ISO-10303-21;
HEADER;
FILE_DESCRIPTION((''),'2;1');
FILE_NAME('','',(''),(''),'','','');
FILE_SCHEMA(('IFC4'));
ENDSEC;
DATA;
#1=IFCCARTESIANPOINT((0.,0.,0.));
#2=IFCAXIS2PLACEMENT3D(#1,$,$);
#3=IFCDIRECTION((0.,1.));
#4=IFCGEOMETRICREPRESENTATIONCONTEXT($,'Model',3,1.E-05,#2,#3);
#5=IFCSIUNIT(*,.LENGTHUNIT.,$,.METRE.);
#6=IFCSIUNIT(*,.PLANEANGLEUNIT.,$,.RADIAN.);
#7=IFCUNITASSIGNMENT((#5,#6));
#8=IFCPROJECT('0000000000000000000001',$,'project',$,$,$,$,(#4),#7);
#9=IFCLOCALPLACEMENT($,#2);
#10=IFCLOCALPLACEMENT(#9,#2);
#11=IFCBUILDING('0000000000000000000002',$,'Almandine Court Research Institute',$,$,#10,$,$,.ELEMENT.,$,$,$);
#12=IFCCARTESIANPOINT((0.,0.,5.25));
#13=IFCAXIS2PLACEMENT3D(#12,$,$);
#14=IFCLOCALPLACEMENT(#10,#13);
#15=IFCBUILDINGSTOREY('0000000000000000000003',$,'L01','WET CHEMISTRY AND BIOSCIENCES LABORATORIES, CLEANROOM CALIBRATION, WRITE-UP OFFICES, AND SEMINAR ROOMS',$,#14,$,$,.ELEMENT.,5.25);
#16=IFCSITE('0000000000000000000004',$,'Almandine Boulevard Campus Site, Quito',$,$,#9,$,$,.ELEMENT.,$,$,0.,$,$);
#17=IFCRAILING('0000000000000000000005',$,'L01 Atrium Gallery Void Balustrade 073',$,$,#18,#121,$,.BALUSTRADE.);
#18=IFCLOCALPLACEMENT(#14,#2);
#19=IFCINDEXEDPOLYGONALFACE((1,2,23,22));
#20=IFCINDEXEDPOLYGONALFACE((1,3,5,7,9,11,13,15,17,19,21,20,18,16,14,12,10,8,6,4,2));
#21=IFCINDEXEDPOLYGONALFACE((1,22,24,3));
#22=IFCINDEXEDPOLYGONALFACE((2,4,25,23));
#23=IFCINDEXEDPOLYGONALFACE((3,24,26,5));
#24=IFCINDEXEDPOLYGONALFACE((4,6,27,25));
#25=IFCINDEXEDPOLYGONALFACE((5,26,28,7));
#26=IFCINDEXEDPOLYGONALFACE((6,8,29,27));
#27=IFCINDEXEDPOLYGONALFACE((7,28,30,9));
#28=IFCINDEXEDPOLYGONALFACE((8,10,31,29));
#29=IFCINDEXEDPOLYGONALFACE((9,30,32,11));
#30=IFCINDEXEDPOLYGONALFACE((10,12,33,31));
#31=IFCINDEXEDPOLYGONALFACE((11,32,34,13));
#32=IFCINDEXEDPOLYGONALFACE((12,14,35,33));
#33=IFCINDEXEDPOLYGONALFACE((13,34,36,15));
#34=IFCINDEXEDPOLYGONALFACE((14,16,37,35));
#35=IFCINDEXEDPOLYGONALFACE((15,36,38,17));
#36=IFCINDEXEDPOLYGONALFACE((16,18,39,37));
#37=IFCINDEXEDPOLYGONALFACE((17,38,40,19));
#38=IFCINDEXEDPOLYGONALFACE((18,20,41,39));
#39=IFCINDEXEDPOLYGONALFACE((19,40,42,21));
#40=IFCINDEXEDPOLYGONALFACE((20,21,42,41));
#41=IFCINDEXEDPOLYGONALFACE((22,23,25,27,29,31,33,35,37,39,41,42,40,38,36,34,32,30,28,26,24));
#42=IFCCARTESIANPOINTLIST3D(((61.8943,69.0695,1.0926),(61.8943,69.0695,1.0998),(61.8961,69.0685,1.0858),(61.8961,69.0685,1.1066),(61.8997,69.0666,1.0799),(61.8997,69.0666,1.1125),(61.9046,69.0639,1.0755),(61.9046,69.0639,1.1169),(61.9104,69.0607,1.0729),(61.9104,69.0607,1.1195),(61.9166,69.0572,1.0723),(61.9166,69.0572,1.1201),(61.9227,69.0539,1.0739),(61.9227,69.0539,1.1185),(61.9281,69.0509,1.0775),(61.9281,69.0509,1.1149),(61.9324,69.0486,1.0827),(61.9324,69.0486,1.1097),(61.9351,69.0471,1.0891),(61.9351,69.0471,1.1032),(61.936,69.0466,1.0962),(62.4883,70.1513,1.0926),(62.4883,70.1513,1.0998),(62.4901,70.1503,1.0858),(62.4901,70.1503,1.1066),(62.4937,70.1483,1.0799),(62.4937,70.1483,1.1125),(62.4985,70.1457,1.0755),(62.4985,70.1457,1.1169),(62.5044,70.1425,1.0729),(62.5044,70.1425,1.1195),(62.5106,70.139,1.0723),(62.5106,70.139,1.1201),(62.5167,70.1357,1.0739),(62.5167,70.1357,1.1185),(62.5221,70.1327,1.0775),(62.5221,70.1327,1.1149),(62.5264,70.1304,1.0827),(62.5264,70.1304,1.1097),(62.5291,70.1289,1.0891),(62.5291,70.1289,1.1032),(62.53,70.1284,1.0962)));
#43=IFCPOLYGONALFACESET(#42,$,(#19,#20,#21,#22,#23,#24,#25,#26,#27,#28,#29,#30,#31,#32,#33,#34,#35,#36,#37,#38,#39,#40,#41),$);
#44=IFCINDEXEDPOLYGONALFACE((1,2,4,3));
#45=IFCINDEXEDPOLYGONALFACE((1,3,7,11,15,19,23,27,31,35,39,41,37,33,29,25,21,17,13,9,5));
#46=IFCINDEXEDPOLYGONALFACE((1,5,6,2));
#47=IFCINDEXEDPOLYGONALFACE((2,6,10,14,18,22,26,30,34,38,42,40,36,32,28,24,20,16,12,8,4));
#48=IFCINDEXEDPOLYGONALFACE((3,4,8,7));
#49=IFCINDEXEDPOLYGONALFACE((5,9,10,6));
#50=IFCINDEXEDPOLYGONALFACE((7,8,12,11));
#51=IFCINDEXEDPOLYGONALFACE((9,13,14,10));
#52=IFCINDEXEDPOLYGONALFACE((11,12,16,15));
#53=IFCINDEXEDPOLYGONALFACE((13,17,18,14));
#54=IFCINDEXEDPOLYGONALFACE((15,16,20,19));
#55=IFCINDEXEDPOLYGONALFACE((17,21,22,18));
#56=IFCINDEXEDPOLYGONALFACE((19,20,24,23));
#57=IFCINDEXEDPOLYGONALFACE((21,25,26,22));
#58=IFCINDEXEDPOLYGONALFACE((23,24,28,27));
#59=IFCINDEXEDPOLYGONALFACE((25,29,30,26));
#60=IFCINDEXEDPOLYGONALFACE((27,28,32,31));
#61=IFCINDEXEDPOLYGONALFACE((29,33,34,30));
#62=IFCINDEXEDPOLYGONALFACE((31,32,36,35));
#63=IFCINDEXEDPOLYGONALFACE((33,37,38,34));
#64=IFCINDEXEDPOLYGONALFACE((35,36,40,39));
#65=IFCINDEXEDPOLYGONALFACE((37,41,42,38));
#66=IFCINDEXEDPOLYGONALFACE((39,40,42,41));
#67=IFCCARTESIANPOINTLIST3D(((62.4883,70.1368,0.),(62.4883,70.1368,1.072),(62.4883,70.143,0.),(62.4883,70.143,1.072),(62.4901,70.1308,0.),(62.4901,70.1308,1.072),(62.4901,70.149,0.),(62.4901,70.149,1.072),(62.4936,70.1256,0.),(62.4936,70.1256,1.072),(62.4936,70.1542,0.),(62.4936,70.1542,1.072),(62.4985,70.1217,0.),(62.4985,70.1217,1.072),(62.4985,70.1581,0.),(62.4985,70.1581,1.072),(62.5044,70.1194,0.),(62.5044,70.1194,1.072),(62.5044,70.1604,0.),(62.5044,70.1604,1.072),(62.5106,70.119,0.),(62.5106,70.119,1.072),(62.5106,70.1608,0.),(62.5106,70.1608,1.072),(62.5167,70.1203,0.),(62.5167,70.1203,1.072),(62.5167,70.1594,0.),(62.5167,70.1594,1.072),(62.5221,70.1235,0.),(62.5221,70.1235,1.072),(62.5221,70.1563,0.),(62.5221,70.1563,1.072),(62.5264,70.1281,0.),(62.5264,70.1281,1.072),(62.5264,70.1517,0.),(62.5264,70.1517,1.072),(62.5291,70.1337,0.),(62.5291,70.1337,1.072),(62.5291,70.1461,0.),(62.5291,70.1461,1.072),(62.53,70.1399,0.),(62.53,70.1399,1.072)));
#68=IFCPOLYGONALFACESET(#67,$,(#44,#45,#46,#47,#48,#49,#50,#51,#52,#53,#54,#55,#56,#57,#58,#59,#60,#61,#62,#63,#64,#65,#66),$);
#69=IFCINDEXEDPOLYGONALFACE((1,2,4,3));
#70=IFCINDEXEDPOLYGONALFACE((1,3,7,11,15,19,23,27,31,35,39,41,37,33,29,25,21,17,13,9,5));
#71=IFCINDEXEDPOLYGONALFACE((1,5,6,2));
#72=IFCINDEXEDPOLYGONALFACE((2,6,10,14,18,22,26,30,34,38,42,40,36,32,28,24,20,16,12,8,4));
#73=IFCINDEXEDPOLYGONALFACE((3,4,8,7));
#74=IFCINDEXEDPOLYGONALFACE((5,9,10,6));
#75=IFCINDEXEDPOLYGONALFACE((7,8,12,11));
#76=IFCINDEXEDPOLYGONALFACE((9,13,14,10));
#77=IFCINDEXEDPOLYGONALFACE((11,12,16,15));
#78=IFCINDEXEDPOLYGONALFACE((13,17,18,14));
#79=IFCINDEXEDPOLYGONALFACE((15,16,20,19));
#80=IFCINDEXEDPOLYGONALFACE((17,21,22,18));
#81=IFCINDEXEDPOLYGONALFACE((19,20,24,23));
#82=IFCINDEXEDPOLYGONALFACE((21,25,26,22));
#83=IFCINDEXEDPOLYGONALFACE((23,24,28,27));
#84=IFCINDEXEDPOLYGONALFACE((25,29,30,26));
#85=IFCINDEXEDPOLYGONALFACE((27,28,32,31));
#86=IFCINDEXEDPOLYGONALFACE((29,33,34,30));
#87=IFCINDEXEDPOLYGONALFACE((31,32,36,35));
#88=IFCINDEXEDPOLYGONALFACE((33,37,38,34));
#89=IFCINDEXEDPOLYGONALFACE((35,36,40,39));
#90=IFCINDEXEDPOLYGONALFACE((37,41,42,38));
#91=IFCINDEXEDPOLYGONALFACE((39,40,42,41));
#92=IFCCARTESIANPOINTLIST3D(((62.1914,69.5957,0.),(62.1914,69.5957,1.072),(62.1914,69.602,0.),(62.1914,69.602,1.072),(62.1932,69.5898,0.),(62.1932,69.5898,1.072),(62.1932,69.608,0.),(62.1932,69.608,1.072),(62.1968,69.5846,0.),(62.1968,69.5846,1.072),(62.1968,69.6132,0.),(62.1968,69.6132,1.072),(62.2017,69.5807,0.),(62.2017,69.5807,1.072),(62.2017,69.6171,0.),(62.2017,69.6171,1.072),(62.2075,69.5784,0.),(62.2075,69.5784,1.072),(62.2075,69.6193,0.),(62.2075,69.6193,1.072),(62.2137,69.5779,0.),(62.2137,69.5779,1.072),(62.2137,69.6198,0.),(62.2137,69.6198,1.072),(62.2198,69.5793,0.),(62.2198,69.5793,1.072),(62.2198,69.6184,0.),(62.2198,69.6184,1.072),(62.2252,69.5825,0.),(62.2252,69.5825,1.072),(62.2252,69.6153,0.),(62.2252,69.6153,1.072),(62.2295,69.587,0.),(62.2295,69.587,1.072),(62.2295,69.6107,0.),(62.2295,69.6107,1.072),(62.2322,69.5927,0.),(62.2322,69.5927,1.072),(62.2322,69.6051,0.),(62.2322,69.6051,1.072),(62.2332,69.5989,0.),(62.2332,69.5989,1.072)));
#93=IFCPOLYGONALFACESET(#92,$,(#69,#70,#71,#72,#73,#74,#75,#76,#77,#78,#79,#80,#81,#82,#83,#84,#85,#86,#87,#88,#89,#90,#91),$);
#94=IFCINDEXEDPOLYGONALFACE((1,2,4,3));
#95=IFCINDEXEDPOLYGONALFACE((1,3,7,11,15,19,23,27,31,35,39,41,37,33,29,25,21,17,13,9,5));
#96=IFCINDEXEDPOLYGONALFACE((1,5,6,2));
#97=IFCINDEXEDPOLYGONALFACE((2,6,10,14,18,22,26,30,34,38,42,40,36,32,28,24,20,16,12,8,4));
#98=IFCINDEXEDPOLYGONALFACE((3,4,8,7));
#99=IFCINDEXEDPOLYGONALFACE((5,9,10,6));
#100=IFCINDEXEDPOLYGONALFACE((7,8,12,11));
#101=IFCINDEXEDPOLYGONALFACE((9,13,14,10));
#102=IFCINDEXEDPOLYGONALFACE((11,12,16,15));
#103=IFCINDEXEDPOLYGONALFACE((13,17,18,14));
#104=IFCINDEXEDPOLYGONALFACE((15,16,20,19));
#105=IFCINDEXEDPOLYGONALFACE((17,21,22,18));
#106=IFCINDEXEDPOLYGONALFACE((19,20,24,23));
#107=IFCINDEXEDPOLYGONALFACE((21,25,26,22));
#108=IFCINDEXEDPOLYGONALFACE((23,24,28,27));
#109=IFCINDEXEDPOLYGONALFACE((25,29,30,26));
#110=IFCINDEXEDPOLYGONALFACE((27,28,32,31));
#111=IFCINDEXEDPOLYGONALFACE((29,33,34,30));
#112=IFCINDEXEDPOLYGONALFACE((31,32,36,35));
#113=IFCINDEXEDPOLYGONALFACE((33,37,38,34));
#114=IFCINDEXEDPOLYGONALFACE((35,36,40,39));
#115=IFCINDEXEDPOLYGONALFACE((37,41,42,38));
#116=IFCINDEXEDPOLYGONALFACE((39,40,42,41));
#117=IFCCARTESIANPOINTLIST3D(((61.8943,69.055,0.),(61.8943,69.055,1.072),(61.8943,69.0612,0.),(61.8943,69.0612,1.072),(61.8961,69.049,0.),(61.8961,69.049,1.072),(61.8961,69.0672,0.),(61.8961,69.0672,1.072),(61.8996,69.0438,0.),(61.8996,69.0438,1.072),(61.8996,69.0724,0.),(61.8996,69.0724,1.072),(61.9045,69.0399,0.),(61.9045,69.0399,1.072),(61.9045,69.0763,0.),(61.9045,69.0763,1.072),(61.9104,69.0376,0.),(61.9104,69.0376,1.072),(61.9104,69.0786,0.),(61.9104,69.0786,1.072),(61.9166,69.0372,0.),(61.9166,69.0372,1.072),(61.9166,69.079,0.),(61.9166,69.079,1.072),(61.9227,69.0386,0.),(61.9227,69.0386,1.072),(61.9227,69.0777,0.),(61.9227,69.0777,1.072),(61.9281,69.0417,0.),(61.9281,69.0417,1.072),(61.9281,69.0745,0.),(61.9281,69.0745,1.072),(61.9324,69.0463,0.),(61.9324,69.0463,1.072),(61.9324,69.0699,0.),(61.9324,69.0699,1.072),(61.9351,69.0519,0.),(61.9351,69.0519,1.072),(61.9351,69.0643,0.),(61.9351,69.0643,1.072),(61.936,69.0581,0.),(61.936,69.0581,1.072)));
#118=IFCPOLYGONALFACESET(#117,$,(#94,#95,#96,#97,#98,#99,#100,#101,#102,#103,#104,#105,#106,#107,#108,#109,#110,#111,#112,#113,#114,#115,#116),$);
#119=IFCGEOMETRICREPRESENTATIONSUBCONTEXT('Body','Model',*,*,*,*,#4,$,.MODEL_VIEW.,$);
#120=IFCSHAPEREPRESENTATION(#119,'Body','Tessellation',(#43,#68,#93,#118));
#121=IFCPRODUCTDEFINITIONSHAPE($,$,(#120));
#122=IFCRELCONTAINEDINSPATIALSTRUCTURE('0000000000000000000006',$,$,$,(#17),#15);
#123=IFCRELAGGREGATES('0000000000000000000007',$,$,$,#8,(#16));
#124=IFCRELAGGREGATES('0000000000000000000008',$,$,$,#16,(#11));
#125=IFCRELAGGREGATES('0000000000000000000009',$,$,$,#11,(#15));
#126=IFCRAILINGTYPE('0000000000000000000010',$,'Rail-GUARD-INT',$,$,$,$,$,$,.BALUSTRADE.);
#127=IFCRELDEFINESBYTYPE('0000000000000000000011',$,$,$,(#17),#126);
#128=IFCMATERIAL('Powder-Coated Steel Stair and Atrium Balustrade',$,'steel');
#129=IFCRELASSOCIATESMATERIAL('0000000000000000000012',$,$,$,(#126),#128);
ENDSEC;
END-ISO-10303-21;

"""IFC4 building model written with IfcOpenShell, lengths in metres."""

from ifc_helpers import new_model, si_unit, direction, frame, origin, origin_2d, place, context, subcontext, project, spatial, circle, extrude, material, type_object, element, save


model = new_model("IFC4")

# Units and contexts
model_context = context("Model", 3, precision=1e-05, world=origin(), true_north=direction((0.0, 1.0)))
body_context = subcontext(model_context, "Body", "Model", "MODEL_VIEW")
ifc_project = project(units=[si_unit("LENGTHUNIT", "METRE"), si_unit("PLANEANGLEUNIT", "RADIAN")], contexts=[model_context])

# Site, building, storey
site_placement = place(None, origin())
site = spatial("IfcSite", under=ifc_project, at=site_placement, Name="Almandine Boulevard Campus Site, Quito", CompositionType="ELEMENT", RefElevation=0.0)
building_placement = place(site_placement, origin())
building = spatial("IfcBuilding", under=site, at=building_placement, Name="Almandine Court Research Institute", CompositionType="ELEMENT")
storey_placement = place(building_placement, frame((0.0, 0.0, 5.25)))
storey = spatial("IfcBuildingStorey", under=building, at=storey_placement, Name="L01", Description="WET CHEMISTRY AND BIOSCIENCES LABORATORIES, CLEANROOM CALIBRATION, WRITE-UP OFFICES, AND SEMINAR ROOMS", CompositionType="ELEMENT", Elevation=5.25)

# Railing
ifc_material_1 = material(Name="Powder-Coated Steel Stair and Atrium Balustrade", Category="steel")
railing_type_1 = type_object("IfcRailingType", Name="Rail-GUARD-INT", PredefinedType="BALUSTRADE", material=ifc_material_1)
railing_1_placement = place(storey_placement, frame((62.509, 70.1399, 0.0)))
element("IfcRailing", 1, at=railing_1_placement, inside=storey, type_object=railing_type_1, Name="L01 Atrium Gallery Void Balustrade 073", PredefinedType="BALUSTRADE", context=body_context, shape_type="SweptSolid", body=[
    extrude(circle(Radius=0.0239, at=origin_2d()), frame((0.0, 0.0, 1.0962), z_axis=(-0.481304, -0.876554, 0.0), x_axis=(0.876554, -0.481304, 0.0)), (0.0, 0.0, 1.0), 1.2341),
    extrude(circle(Radius=0.021, at=origin_2d()), origin(), (0.0, 0.0, 1.0), 1.072),
    extrude(circle(Radius=0.021, at=origin_2d()), frame((-0.2969, -0.541, 0.0)), (0.0, 0.0, 1.0), 1.072),
    extrude(circle(Radius=0.021, at=origin_2d()), frame((-0.594, -1.0818, 0.0)), (0.0, 0.0, 1.0), 1.072),
])

save(model, "model.ifc")
